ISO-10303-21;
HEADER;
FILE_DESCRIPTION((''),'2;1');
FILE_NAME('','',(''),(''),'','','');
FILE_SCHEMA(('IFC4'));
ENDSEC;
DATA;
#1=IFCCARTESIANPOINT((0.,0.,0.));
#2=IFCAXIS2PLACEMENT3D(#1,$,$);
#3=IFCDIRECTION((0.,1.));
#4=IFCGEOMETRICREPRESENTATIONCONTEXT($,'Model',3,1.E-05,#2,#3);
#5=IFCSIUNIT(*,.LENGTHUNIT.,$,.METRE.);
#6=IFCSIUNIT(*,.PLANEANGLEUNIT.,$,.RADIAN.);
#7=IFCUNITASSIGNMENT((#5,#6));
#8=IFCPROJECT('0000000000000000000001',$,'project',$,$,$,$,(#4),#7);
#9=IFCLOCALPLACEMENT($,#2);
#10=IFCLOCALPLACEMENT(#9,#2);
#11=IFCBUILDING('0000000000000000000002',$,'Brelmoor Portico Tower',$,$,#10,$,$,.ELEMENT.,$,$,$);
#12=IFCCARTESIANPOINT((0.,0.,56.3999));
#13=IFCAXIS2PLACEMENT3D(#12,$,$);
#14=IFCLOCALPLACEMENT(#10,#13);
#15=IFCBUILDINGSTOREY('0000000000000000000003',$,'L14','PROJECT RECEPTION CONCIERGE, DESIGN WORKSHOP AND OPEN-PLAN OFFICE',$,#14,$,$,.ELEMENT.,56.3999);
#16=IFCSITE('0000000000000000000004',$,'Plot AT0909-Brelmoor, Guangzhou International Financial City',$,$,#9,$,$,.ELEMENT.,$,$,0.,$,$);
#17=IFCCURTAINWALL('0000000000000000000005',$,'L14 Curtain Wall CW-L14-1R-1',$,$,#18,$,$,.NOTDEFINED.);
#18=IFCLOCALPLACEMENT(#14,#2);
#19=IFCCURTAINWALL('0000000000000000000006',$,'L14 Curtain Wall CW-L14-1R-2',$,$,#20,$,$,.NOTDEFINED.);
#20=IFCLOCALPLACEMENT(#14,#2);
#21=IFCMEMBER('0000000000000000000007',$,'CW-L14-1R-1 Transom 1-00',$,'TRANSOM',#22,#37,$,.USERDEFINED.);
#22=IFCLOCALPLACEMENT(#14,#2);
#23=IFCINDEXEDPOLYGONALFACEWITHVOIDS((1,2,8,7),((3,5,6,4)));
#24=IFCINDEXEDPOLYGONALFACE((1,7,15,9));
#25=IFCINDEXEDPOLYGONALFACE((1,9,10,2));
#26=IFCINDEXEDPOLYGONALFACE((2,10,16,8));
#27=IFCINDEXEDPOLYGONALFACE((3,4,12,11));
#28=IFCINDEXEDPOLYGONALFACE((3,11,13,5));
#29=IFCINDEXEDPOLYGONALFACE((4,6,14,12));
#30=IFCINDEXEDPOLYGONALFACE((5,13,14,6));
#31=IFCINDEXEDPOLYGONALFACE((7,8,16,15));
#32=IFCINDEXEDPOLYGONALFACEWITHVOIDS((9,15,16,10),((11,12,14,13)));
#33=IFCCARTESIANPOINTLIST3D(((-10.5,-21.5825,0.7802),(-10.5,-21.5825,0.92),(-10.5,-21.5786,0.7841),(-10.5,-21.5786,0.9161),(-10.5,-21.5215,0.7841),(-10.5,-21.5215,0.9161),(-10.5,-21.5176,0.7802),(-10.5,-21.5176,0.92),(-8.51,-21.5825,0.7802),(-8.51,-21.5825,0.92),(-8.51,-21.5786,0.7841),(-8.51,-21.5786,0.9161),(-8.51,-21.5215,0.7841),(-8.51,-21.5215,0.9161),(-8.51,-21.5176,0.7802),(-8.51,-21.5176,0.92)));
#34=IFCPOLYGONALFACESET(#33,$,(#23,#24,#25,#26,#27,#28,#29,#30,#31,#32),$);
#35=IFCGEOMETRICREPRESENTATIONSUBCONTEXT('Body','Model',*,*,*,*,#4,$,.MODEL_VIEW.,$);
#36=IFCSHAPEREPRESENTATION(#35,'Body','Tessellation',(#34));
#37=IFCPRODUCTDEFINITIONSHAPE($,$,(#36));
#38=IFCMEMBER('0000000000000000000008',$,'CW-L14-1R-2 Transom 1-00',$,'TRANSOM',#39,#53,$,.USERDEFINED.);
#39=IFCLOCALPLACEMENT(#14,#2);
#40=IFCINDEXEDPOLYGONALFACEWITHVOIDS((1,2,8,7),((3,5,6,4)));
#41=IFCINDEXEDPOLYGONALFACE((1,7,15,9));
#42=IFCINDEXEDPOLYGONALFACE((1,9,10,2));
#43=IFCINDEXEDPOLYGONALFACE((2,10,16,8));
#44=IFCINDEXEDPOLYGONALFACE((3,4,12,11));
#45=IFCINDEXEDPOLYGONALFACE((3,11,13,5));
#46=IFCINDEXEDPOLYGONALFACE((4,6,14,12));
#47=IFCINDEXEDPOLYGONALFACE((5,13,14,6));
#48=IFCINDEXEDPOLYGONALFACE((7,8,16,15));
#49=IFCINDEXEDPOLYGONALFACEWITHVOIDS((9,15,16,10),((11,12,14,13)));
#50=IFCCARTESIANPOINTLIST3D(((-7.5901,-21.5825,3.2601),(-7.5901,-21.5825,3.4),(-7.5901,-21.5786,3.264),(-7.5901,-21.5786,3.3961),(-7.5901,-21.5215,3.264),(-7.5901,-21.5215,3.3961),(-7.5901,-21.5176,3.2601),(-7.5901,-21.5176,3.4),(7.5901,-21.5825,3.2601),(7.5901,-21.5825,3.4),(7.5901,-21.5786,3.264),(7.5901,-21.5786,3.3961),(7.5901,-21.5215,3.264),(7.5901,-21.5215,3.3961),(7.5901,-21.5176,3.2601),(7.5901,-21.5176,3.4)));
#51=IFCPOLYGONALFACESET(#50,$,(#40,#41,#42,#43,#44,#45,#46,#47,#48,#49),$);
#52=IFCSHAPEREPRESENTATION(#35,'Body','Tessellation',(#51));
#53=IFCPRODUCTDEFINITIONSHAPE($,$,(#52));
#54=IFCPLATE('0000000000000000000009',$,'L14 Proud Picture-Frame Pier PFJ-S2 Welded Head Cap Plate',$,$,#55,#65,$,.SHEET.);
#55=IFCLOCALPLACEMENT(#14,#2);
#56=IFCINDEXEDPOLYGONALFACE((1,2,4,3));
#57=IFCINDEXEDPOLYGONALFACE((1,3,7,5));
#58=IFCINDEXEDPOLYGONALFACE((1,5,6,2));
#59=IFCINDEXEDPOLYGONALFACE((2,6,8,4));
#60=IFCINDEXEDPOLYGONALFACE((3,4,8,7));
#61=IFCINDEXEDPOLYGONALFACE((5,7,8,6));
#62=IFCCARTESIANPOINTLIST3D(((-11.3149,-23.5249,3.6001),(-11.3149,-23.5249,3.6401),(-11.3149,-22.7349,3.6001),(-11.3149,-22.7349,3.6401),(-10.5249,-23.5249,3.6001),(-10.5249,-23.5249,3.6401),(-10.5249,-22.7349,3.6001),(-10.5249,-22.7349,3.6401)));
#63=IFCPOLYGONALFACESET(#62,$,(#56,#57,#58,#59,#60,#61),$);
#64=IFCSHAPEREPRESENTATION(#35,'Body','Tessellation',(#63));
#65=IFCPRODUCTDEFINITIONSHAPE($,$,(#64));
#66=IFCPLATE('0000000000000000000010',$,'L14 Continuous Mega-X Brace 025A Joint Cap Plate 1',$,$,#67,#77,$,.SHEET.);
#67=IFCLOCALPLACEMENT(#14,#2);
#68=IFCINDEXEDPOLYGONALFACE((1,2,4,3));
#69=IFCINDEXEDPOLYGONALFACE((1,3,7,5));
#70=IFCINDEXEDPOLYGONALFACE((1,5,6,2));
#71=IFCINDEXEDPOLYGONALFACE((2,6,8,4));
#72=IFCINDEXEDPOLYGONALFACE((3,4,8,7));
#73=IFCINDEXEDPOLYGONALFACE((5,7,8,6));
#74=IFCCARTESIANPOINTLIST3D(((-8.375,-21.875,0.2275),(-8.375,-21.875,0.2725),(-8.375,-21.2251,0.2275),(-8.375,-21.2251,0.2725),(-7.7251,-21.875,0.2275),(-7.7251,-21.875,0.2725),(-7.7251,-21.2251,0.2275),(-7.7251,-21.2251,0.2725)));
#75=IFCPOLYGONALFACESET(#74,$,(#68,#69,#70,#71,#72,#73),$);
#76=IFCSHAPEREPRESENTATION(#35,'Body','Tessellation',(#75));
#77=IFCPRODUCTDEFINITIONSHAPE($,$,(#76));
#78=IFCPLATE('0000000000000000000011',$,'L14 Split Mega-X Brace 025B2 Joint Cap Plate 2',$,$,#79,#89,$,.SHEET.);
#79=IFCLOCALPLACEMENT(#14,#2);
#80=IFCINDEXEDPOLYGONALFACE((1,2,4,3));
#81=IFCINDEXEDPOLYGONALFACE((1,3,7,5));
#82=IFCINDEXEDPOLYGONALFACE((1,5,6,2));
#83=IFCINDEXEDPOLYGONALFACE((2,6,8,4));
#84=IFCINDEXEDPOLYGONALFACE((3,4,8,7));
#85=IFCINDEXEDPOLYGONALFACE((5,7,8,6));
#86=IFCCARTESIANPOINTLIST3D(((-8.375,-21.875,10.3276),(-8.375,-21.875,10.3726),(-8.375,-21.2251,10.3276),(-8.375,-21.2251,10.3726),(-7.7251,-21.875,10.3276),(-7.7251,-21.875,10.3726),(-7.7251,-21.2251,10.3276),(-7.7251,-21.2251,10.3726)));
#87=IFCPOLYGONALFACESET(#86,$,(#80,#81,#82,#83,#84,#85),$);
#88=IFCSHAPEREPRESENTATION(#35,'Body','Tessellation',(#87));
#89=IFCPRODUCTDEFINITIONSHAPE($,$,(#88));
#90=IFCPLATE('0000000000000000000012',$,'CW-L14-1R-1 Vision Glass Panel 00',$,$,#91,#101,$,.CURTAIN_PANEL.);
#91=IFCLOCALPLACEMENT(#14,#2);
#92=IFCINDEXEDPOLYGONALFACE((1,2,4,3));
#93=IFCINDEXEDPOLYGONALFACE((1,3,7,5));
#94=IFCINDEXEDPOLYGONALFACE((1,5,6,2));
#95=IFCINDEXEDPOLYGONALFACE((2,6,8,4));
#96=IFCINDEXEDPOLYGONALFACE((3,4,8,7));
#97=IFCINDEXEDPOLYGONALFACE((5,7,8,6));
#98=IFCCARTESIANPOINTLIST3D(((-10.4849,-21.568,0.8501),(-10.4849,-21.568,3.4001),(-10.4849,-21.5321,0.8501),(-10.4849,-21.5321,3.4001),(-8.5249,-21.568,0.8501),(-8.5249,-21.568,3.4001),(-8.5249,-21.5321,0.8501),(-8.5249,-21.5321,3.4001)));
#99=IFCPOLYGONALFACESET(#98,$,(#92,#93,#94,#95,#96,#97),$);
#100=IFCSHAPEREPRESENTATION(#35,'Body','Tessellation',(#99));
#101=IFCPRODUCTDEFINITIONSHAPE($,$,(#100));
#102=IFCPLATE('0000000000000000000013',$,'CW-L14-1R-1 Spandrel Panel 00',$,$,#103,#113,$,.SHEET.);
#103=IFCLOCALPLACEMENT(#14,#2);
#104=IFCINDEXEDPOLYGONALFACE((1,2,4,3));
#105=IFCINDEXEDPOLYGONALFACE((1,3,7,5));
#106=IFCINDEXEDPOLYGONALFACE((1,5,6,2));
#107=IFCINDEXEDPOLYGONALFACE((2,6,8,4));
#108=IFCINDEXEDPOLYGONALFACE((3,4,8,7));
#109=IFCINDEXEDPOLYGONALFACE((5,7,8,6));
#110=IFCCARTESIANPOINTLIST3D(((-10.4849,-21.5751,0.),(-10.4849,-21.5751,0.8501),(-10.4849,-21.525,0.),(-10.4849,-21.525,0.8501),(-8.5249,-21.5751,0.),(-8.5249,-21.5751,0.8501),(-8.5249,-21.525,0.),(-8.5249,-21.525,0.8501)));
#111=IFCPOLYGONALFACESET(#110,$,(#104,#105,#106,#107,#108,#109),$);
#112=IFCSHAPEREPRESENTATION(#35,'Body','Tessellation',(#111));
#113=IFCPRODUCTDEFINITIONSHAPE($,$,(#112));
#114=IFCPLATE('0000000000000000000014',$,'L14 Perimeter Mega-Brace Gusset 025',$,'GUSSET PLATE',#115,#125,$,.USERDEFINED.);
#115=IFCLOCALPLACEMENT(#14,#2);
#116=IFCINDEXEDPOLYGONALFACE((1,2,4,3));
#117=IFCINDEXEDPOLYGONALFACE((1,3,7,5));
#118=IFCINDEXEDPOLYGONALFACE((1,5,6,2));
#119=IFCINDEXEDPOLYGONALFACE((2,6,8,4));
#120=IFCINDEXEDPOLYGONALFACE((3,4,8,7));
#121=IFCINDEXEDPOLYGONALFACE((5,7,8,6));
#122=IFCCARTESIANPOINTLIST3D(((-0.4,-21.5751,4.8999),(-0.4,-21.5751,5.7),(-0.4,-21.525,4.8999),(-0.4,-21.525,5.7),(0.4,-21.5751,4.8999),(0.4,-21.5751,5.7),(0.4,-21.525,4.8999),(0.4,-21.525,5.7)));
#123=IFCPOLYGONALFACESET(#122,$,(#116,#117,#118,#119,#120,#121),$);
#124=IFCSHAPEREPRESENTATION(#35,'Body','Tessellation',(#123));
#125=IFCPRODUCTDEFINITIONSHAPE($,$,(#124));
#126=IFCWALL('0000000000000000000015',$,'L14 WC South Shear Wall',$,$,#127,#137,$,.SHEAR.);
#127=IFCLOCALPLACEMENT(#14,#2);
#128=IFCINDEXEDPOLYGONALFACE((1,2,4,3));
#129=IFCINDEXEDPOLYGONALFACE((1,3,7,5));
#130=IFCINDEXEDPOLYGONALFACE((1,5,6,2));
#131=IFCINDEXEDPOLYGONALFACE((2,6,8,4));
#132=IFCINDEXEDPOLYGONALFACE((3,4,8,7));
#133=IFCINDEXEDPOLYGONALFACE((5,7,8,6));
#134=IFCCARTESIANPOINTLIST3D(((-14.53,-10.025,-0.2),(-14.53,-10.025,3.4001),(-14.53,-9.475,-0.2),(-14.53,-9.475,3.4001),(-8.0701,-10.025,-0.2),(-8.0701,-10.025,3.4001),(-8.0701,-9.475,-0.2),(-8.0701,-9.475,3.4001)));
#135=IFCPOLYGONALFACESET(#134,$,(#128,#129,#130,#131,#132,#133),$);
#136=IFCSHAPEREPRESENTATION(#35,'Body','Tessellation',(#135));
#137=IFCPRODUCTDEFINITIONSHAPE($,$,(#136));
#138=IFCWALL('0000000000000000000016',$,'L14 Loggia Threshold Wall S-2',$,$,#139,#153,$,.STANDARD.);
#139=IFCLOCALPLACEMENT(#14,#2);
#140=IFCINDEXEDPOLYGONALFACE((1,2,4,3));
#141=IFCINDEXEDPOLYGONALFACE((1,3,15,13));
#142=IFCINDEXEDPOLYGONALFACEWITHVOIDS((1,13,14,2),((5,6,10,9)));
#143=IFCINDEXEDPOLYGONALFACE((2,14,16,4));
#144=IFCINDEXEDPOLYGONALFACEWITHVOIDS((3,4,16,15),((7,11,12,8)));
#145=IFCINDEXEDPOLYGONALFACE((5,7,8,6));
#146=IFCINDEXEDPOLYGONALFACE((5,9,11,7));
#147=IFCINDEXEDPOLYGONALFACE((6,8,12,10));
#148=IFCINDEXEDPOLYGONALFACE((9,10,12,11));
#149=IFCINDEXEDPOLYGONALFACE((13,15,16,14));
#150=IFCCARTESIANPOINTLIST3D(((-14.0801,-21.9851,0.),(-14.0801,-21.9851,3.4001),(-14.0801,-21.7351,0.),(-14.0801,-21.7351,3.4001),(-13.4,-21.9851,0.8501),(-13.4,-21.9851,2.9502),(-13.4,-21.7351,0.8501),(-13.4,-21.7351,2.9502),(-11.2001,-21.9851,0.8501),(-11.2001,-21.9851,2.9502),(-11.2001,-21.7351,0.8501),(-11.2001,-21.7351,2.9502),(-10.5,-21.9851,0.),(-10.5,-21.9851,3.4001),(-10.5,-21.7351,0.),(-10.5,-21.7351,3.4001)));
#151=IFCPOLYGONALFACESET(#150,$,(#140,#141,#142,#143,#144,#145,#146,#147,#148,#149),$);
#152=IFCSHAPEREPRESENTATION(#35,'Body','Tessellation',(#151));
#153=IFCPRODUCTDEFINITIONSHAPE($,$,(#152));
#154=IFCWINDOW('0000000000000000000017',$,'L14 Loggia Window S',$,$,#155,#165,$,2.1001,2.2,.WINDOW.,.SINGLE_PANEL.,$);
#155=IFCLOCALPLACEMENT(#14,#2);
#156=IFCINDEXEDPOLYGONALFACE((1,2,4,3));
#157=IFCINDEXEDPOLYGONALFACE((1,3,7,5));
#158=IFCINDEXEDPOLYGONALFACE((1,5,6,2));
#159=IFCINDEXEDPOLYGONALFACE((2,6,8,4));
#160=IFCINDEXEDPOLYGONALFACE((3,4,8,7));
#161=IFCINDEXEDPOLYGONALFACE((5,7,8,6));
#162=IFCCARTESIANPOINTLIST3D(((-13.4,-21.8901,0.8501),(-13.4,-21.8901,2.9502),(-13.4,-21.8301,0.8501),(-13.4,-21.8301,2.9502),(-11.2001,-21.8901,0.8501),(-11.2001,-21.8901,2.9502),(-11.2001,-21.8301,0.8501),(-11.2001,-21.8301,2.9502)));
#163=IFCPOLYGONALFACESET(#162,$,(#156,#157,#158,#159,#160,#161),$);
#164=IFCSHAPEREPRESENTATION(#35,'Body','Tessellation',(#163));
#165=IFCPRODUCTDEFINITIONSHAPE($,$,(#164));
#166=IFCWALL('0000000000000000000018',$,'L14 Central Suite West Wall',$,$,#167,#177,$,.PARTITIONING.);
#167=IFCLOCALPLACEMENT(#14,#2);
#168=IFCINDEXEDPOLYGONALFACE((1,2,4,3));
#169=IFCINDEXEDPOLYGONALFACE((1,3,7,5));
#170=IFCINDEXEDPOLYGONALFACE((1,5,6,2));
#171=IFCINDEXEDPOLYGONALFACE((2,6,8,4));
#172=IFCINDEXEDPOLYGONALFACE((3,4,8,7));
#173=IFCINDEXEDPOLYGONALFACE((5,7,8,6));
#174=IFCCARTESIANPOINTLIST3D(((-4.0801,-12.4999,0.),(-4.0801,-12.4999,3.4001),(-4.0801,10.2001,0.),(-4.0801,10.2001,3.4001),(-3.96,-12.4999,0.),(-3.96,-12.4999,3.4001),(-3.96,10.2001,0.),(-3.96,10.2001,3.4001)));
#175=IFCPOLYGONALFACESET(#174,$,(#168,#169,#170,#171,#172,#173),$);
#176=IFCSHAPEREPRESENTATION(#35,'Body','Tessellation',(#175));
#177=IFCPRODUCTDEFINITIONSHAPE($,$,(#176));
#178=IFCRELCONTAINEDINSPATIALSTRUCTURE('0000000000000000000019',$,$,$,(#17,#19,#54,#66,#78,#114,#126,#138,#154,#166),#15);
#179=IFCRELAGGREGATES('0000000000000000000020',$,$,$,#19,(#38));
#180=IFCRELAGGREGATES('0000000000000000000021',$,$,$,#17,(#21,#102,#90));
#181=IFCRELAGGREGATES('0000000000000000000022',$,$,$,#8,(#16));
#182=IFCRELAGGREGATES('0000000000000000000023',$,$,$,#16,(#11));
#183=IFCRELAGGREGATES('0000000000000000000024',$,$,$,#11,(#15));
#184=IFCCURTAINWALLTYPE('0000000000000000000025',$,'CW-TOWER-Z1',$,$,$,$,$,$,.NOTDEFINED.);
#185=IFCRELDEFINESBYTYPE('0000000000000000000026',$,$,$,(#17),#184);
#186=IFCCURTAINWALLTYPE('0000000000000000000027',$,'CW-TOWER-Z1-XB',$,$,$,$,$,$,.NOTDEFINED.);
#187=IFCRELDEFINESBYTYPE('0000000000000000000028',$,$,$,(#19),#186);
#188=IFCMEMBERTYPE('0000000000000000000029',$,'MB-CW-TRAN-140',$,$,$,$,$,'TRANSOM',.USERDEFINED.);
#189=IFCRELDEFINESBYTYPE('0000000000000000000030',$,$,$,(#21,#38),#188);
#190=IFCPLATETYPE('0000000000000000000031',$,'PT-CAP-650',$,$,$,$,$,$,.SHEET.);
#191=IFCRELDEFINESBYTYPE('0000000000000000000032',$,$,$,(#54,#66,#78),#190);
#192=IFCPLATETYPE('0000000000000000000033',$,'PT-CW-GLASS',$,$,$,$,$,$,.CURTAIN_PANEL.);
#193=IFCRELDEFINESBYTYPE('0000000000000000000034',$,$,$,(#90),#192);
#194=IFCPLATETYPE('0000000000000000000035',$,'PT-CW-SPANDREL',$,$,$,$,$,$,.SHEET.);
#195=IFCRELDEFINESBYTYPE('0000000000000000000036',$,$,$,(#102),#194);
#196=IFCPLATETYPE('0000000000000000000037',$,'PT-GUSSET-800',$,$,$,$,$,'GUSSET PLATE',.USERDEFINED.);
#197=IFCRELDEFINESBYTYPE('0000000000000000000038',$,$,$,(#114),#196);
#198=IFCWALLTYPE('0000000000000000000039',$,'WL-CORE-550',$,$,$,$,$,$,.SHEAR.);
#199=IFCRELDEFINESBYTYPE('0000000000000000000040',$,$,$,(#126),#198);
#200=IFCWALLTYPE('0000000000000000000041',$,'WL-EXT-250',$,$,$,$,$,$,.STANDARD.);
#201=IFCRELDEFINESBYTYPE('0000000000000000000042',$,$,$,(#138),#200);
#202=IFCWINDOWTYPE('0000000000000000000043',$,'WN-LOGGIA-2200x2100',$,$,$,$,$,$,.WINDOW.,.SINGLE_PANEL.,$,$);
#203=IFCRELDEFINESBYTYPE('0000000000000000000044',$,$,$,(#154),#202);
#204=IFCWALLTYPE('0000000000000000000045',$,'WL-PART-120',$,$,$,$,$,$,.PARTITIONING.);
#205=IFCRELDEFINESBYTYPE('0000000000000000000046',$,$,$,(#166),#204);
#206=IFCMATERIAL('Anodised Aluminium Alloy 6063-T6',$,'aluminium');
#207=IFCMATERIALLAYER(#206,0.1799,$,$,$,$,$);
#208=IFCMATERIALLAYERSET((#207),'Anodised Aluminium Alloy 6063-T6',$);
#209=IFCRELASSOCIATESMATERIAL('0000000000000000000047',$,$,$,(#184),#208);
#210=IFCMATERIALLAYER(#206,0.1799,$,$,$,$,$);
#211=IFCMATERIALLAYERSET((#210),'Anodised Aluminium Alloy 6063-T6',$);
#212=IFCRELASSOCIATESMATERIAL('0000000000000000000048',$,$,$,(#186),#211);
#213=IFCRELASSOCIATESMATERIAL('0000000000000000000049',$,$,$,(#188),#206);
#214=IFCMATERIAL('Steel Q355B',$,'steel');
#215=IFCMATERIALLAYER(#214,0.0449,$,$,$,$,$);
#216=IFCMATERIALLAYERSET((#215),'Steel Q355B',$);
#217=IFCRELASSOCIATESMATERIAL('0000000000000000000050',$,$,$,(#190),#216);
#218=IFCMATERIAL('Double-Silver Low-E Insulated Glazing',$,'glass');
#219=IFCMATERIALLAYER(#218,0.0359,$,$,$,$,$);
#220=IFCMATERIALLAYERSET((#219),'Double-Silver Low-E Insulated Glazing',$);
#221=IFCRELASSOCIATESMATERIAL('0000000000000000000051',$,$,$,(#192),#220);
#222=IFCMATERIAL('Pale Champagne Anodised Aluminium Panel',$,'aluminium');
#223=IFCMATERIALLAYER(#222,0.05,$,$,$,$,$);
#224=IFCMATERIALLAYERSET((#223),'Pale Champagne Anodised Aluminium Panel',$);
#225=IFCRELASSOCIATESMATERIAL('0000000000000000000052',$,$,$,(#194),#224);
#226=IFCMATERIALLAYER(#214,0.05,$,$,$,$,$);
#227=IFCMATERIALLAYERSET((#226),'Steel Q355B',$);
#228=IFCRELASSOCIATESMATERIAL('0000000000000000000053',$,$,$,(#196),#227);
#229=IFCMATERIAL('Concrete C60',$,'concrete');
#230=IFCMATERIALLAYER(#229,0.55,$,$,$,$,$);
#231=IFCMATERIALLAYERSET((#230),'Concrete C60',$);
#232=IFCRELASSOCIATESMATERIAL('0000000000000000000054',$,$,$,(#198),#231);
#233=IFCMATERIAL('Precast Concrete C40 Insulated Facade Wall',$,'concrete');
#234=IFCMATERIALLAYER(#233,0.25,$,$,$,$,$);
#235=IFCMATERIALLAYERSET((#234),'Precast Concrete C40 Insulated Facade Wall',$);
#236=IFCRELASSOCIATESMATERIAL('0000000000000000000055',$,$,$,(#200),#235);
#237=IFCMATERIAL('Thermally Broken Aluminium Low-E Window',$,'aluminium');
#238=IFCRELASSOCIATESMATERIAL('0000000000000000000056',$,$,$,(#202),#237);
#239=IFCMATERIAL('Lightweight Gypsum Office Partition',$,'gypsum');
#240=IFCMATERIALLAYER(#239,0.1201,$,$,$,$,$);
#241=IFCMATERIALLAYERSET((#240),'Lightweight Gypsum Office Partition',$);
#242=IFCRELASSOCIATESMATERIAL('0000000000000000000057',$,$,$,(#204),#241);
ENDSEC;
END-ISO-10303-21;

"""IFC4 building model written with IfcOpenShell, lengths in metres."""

from ifc_helpers import new_model, si_unit, direction, frame, frame_2d, origin, origin_2d, place, context, subcontext, project, spatial, rectangle, hollow_rectangle, extrude, material, layer, layer_set, material_profile, profile_set, type_object, element, fill, aggregate, save


model = new_model("IFC4")

# Units and contexts
model_context = context("Model", 3, precision=1e-05, world=origin(), true_north=direction((0.0, 1.0)))
body_context = subcontext(model_context, "Body", "Model", "MODEL_VIEW")
ifc_project = project(units=[si_unit("LENGTHUNIT", "METRE"), si_unit("PLANEANGLEUNIT", "RADIAN")], contexts=[model_context])

# Site, building, storey
site_placement = place(None, origin())
site = spatial("IfcSite", under=ifc_project, at=site_placement, Name="Plot AT0909-Brelmoor, Guangzhou International Financial City", CompositionType="ELEMENT", RefElevation=0.0)
building_placement = place(site_placement, origin())
building = spatial("IfcBuilding", under=site, at=building_placement, Name="Brelmoor Portico Tower", CompositionType="ELEMENT")
storey_placement = place(building_placement, frame((0.0, 0.0, 56.3999)))
storey = spatial("IfcBuildingStorey", under=building, at=storey_placement, Name="L14", Description="PROJECT RECEPTION CONCIERGE, DESIGN WORKSHOP AND OPEN-PLAN OFFICE", CompositionType="ELEMENT", Elevation=56.3999)

# Shared definitions
ifc_material_1 = material(Name="Steel Q355B", Category="steel")

# Curtain wall
ifc_material_2 = material(Name="Anodised Aluminium Alloy 6063-T6", Category="aluminium")
ifc_layer_1 = layer(ifc_material_2, 0.1799)
ifc_layer_set_1 = layer_set([ifc_layer_1], Name="Anodised Aluminium Alloy 6063-T6")
curtain_wall_type_1 = type_object("IfcCurtainWallType", Name="CW-TOWER-Z1", PredefinedType="NOTDEFINED", material=ifc_layer_set_1)
curtain_wall_1_placement = place(storey_placement, origin())
curtain_wall_1 = element("IfcCurtainWall", 1, at=curtain_wall_1_placement, inside=storey, type_object=curtain_wall_type_1, Name="L14 Curtain Wall CW-L14-1R-1", PredefinedType="NOTDEFINED")

# Curtain wall
ifc_layer_2 = layer(ifc_material_2, 0.1799)
ifc_layer_set_2 = layer_set([ifc_layer_2], Name="Anodised Aluminium Alloy 6063-T6")
curtain_wall_type_2 = type_object("IfcCurtainWallType", Name="CW-TOWER-Z1-XB", PredefinedType="NOTDEFINED", material=ifc_layer_set_2)
curtain_wall_2_placement = place(storey_placement, origin())
curtain_wall_2 = element("IfcCurtainWall", 2, at=curtain_wall_2_placement, inside=storey, type_object=curtain_wall_type_2, Name="L14 Curtain Wall CW-L14-1R-2", PredefinedType="NOTDEFINED")

# Members
ifc_material_profile_1 = material_profile(ifc_material_2, hollow_rectangle(XDim=0.0649, YDim=0.1399, WallThickness=0.0039, at=origin_2d()), Name="ALU TRANSOM 65x140")
ifc_profile_set_1 = profile_set([ifc_material_profile_1], Name="Anodised Aluminium Alloy 6063-T6")
member_type_1 = type_object("IfcMemberType", Name="MB-CW-TRAN-140", ElementType="TRANSOM", PredefinedType="USERDEFINED", material=ifc_profile_set_1)
member_1_placement = place(storey_placement, frame((-10.5, -21.55, 0.8501), z_axis=(1.0, 0.0, 0.0), x_axis=(0.0, 1.0, 0.0)))
member_1 = element("IfcMember", 3, at=member_1_placement, type_object=member_type_1, Name="CW-L14-1R-1 Transom 1-00", ObjectType="TRANSOM", PredefinedType="USERDEFINED", context=body_context, shape_type="SweptSolid", body=[
    extrude(hollow_rectangle(XDim=0.0649, YDim=0.1399, WallThickness=0.0039, at=origin_2d()), origin(), (0.0, 0.0, 1.0), 1.99),
])
member_2_placement = place(storey_placement, frame((-7.5901, -21.55, 3.3301), z_axis=(1.0, 0.0, 0.0), x_axis=(0.0, 1.0, 0.0)))
member_2 = element("IfcMember", 4, at=member_2_placement, type_object=member_type_1, Name="CW-L14-1R-2 Transom 1-00", ObjectType="TRANSOM", PredefinedType="USERDEFINED", context=body_context, shape_type="SweptSolid", body=[
    extrude(hollow_rectangle(XDim=0.0649, YDim=0.1399, WallThickness=0.0039, at=origin_2d()), origin(), (0.0, 0.0, 1.0), 15.1802),
])
aggregate(curtain_wall_2, [member_2])

# Plates
ifc_layer_3 = layer(ifc_material_1, 0.0449)
ifc_layer_set_3 = layer_set([ifc_layer_3], Name="Steel Q355B")
plate_type_1 = type_object("IfcPlateType", Name="PT-CAP-650", PredefinedType="SHEET", material=ifc_layer_set_3)
plate_1_placement = place(storey_placement, frame((-10.9199, -23.1299, 3.6001), z_axis=(0.0, 0.0, 1.0), x_axis=(1.0, 0.0, 0.0)))
element("IfcPlate", 5, at=plate_1_placement, inside=storey, type_object=plate_type_1, Name="L14 Proud Picture-Frame Pier PFJ-S2 Welded Head Cap Plate", PredefinedType="SHEET", context=body_context, shape_type="SweptSolid", body=[
    extrude(rectangle(XDim=0.79, YDim=0.79, at=origin_2d()), origin(), (0.0, 0.0, 1.0), 0.04),
])
for number, where, z_axis, x_axis, name in (
    (6, (-8.05, -21.55, 0.2275), (0.0, 0.0, 1.0), (1.0, 0.0, 0.0), "L14 Continuous Mega-X Brace 025A Joint Cap Plate 1"),
    (7, (-8.05, -21.55, 10.3276), (0.0, 0.0, 1.0), (1.0, 0.0, 0.0), "L14 Split Mega-X Brace 025B2 Joint Cap Plate 2"),
):
    element("IfcPlate", number, at=place(storey_placement, frame(where, z_axis=z_axis, x_axis=x_axis)), inside=storey, type_object=plate_type_1, Name=name, PredefinedType="SHEET", context=body_context, shape_type="SweptSolid", body=[
        extrude(rectangle(XDim=0.6499, YDim=0.6499, at=origin_2d()), origin(), (0.0, 0.0, 1.0), 0.0449),
    ])

# Plates
ifc_material_3 = material(Name="Double-Silver Low-E Insulated Glazing", Category="glass")
ifc_layer_4 = layer(ifc_material_3, 0.0359)
ifc_layer_set_4 = layer_set([ifc_layer_4], Name="Double-Silver Low-E Insulated Glazing")
plate_type_2 = type_object("IfcPlateType", Name="PT-CW-GLASS", PredefinedType="CURTAIN_PANEL", material=ifc_layer_set_4)
plate_2_placement = place(storey_placement, frame((-9.5049, -21.55, 0.8501), z_axis=(0.0, 0.0, 1.0), x_axis=(1.0, 0.0, 0.0)))
plate_2 = element("IfcPlate", 8, at=plate_2_placement, type_object=plate_type_2, Name="CW-L14-1R-1 Vision Glass Panel 00", PredefinedType="CURTAIN_PANEL", context=body_context, shape_type="SweptSolid", body=[
    extrude(rectangle(XDim=1.96, YDim=0.0359, at=origin_2d()), origin(), (0.0, 0.0, 1.0), 2.55),
])
ifc_material_4 = material(Name="Pale Champagne Anodised Aluminium Panel", Category="aluminium")
ifc_layer_5 = layer(ifc_material_4, 0.05)
ifc_layer_set_5 = layer_set([ifc_layer_5], Name="Pale Champagne Anodised Aluminium Panel")
plate_type_3 = type_object("IfcPlateType", Name="PT-CW-SPANDREL", PredefinedType="SHEET", material=ifc_layer_set_5)
plate_3_placement = place(storey_placement, frame((-9.5049, -21.55, 0.0), z_axis=(0.0, 0.0, 1.0), x_axis=(1.0, 0.0, 0.0)))
plate_3 = element("IfcPlate", 9, at=plate_3_placement, type_object=plate_type_3, Name="CW-L14-1R-1 Spandrel Panel 00", PredefinedType="SHEET", context=body_context, shape_type="SweptSolid", body=[
    extrude(rectangle(XDim=1.96, YDim=0.05, at=origin_2d()), origin(), (0.0, 0.0, 1.0), 0.8501),
])
aggregate(curtain_wall_1, [member_1, plate_3, plate_2])
ifc_layer_6 = layer(ifc_material_1, 0.05)
ifc_layer_set_6 = layer_set([ifc_layer_6], Name="Steel Q355B")
plate_type_4 = type_object("IfcPlateType", Name="PT-GUSSET-800", ElementType="GUSSET PLATE", PredefinedType="USERDEFINED", material=ifc_layer_set_6)
plate_4_placement = place(storey_placement, frame((0.0, -21.55, 4.8999), z_axis=(0.0, 0.0, 1.0), x_axis=(1.0, 0.0, 0.0)))
element("IfcPlate", 10, at=plate_4_placement, inside=storey, type_object=plate_type_4, Name="L14 Perimeter Mega-Brace Gusset 025", ObjectType="GUSSET PLATE", PredefinedType="USERDEFINED", context=body_context, shape_type="SweptSolid", body=[
    extrude(rectangle(XDim=0.8, YDim=0.05, at=origin_2d()), origin(), (0.0, 0.0, 1.0), 0.8),
])

# Wall
ifc_material_5 = material(Name="Concrete C60", Category="concrete")
ifc_layer_7 = layer(ifc_material_5, 0.55)
ifc_layer_set_7 = layer_set([ifc_layer_7], Name="Concrete C60")
wall_type_1 = type_object("IfcWallType", Name="WL-CORE-550", PredefinedType="SHEAR", material=ifc_layer_set_7)
wall_1_placement = place(storey_placement, frame((-14.53, -9.75, -0.2), z_axis=(0.0, 0.0, 1.0), x_axis=(1.0, 0.0, 0.0)))
element("IfcWall", 11, at=wall_1_placement, inside=storey, type_object=wall_type_1, Name="L14 WC South Shear Wall", PredefinedType="SHEAR", context=body_context, shape_type="SweptSolid", body=[
    extrude(rectangle(XDim=6.46, YDim=0.55, at=frame_2d((3.23, 0.0))), origin(), (0.0, 0.0, 1.0), 3.6001),
])

# Wall, opening, window
ifc_material_6 = material(Name="Precast Concrete C40 Insulated Facade Wall", Category="concrete")
ifc_layer_8 = layer(ifc_material_6, 0.25)
ifc_layer_set_8 = layer_set([ifc_layer_8], Name="Precast Concrete C40 Insulated Facade Wall")
wall_type_2 = type_object("IfcWallType", Name="WL-EXT-250", PredefinedType="STANDARD", material=ifc_layer_set_8)
wall_2_placement = place(storey_placement, frame((-14.0801, -21.8601, 0.0), z_axis=(0.0, 0.0, 1.0), x_axis=(1.0, 0.0, 0.0)))
wall_2 = element("IfcWall", 12, at=wall_2_placement, inside=storey, type_object=wall_type_2, Name="L14 Loggia Threshold Wall S-2", PredefinedType="STANDARD", context=body_context, shape_type="SweptSolid", body=[
    extrude(rectangle(XDim=3.5801, YDim=0.25, at=frame_2d((1.79, 0.0))), origin(), (0.0, 0.0, 1.0), 3.4001),
])
opening_1_placement = place(wall_2_placement, frame((0.6799, 0.0, 0.8501)))
opening_1 = element("IfcOpeningElement", 13, at=opening_1_placement, cuts=wall_2, PredefinedType="OPENING", context=body_context, shape_type="SweptSolid", body=[
    extrude(rectangle(XDim=2.2, YDim=2.1001, at=frame_2d((1.1001, 1.05))), frame((0.0, 0.135, 0.0), z_axis=(0.0, -1.0, 0.0), x_axis=(1.0, 0.0, 0.0)), (0.0, 0.0, 1.0), 0.27),
])
ifc_material_7 = material(Name="Thermally Broken Aluminium Low-E Window", Category="aluminium")
window_type = type_object("IfcWindowType", Name="WN-LOGGIA-2200x2100", PartitioningType="SINGLE_PANEL", PredefinedType="WINDOW", material=ifc_material_7)
window_placement = place(opening_1_placement, origin())
window = element("IfcWindow", 14, at=window_placement, inside=storey, type_object=window_type, Name="L14 Loggia Window S", OverallHeight=2.1001, OverallWidth=2.2, PartitioningType="SINGLE_PANEL", PredefinedType="WINDOW", context=body_context, shape_type="SweptSolid", body=[
    extrude(rectangle(XDim=2.2, YDim=2.1001, at=frame_2d((1.1001, 1.05))), frame((0.0, 0.03, 0.0), z_axis=(0.0, -1.0, 0.0), x_axis=(1.0, 0.0, 0.0)), (0.0, 0.0, 1.0), 0.0601),
])
fill(opening_1, window)

# Wall
ifc_material_8 = material(Name="Lightweight Gypsum Office Partition", Category="gypsum")
ifc_layer_9 = layer(ifc_material_8, 0.1201)
ifc_layer_set_9 = layer_set([ifc_layer_9], Name="Lightweight Gypsum Office Partition")
wall_type_3 = type_object("IfcWallType", Name="WL-PART-120", PredefinedType="PARTITIONING", material=ifc_layer_set_9)
wall_3_placement = place(storey_placement, frame((-4.02, -12.5, 0.0), z_axis=(0.0, 0.0, 1.0), x_axis=(0.0, 1.0, 0.0)))
element("IfcWall", 15, at=wall_3_placement, inside=storey, type_object=wall_type_3, Name="L14 Central Suite West Wall", PredefinedType="PARTITIONING", context=body_context, shape_type="SweptSolid", body=[
    extrude(rectangle(XDim=22.7, YDim=0.1201, at=frame_2d((11.3501, 0.0))), origin(), (0.0, 0.0, 1.0), 3.4001),
])

save(model, "model.ifc")
